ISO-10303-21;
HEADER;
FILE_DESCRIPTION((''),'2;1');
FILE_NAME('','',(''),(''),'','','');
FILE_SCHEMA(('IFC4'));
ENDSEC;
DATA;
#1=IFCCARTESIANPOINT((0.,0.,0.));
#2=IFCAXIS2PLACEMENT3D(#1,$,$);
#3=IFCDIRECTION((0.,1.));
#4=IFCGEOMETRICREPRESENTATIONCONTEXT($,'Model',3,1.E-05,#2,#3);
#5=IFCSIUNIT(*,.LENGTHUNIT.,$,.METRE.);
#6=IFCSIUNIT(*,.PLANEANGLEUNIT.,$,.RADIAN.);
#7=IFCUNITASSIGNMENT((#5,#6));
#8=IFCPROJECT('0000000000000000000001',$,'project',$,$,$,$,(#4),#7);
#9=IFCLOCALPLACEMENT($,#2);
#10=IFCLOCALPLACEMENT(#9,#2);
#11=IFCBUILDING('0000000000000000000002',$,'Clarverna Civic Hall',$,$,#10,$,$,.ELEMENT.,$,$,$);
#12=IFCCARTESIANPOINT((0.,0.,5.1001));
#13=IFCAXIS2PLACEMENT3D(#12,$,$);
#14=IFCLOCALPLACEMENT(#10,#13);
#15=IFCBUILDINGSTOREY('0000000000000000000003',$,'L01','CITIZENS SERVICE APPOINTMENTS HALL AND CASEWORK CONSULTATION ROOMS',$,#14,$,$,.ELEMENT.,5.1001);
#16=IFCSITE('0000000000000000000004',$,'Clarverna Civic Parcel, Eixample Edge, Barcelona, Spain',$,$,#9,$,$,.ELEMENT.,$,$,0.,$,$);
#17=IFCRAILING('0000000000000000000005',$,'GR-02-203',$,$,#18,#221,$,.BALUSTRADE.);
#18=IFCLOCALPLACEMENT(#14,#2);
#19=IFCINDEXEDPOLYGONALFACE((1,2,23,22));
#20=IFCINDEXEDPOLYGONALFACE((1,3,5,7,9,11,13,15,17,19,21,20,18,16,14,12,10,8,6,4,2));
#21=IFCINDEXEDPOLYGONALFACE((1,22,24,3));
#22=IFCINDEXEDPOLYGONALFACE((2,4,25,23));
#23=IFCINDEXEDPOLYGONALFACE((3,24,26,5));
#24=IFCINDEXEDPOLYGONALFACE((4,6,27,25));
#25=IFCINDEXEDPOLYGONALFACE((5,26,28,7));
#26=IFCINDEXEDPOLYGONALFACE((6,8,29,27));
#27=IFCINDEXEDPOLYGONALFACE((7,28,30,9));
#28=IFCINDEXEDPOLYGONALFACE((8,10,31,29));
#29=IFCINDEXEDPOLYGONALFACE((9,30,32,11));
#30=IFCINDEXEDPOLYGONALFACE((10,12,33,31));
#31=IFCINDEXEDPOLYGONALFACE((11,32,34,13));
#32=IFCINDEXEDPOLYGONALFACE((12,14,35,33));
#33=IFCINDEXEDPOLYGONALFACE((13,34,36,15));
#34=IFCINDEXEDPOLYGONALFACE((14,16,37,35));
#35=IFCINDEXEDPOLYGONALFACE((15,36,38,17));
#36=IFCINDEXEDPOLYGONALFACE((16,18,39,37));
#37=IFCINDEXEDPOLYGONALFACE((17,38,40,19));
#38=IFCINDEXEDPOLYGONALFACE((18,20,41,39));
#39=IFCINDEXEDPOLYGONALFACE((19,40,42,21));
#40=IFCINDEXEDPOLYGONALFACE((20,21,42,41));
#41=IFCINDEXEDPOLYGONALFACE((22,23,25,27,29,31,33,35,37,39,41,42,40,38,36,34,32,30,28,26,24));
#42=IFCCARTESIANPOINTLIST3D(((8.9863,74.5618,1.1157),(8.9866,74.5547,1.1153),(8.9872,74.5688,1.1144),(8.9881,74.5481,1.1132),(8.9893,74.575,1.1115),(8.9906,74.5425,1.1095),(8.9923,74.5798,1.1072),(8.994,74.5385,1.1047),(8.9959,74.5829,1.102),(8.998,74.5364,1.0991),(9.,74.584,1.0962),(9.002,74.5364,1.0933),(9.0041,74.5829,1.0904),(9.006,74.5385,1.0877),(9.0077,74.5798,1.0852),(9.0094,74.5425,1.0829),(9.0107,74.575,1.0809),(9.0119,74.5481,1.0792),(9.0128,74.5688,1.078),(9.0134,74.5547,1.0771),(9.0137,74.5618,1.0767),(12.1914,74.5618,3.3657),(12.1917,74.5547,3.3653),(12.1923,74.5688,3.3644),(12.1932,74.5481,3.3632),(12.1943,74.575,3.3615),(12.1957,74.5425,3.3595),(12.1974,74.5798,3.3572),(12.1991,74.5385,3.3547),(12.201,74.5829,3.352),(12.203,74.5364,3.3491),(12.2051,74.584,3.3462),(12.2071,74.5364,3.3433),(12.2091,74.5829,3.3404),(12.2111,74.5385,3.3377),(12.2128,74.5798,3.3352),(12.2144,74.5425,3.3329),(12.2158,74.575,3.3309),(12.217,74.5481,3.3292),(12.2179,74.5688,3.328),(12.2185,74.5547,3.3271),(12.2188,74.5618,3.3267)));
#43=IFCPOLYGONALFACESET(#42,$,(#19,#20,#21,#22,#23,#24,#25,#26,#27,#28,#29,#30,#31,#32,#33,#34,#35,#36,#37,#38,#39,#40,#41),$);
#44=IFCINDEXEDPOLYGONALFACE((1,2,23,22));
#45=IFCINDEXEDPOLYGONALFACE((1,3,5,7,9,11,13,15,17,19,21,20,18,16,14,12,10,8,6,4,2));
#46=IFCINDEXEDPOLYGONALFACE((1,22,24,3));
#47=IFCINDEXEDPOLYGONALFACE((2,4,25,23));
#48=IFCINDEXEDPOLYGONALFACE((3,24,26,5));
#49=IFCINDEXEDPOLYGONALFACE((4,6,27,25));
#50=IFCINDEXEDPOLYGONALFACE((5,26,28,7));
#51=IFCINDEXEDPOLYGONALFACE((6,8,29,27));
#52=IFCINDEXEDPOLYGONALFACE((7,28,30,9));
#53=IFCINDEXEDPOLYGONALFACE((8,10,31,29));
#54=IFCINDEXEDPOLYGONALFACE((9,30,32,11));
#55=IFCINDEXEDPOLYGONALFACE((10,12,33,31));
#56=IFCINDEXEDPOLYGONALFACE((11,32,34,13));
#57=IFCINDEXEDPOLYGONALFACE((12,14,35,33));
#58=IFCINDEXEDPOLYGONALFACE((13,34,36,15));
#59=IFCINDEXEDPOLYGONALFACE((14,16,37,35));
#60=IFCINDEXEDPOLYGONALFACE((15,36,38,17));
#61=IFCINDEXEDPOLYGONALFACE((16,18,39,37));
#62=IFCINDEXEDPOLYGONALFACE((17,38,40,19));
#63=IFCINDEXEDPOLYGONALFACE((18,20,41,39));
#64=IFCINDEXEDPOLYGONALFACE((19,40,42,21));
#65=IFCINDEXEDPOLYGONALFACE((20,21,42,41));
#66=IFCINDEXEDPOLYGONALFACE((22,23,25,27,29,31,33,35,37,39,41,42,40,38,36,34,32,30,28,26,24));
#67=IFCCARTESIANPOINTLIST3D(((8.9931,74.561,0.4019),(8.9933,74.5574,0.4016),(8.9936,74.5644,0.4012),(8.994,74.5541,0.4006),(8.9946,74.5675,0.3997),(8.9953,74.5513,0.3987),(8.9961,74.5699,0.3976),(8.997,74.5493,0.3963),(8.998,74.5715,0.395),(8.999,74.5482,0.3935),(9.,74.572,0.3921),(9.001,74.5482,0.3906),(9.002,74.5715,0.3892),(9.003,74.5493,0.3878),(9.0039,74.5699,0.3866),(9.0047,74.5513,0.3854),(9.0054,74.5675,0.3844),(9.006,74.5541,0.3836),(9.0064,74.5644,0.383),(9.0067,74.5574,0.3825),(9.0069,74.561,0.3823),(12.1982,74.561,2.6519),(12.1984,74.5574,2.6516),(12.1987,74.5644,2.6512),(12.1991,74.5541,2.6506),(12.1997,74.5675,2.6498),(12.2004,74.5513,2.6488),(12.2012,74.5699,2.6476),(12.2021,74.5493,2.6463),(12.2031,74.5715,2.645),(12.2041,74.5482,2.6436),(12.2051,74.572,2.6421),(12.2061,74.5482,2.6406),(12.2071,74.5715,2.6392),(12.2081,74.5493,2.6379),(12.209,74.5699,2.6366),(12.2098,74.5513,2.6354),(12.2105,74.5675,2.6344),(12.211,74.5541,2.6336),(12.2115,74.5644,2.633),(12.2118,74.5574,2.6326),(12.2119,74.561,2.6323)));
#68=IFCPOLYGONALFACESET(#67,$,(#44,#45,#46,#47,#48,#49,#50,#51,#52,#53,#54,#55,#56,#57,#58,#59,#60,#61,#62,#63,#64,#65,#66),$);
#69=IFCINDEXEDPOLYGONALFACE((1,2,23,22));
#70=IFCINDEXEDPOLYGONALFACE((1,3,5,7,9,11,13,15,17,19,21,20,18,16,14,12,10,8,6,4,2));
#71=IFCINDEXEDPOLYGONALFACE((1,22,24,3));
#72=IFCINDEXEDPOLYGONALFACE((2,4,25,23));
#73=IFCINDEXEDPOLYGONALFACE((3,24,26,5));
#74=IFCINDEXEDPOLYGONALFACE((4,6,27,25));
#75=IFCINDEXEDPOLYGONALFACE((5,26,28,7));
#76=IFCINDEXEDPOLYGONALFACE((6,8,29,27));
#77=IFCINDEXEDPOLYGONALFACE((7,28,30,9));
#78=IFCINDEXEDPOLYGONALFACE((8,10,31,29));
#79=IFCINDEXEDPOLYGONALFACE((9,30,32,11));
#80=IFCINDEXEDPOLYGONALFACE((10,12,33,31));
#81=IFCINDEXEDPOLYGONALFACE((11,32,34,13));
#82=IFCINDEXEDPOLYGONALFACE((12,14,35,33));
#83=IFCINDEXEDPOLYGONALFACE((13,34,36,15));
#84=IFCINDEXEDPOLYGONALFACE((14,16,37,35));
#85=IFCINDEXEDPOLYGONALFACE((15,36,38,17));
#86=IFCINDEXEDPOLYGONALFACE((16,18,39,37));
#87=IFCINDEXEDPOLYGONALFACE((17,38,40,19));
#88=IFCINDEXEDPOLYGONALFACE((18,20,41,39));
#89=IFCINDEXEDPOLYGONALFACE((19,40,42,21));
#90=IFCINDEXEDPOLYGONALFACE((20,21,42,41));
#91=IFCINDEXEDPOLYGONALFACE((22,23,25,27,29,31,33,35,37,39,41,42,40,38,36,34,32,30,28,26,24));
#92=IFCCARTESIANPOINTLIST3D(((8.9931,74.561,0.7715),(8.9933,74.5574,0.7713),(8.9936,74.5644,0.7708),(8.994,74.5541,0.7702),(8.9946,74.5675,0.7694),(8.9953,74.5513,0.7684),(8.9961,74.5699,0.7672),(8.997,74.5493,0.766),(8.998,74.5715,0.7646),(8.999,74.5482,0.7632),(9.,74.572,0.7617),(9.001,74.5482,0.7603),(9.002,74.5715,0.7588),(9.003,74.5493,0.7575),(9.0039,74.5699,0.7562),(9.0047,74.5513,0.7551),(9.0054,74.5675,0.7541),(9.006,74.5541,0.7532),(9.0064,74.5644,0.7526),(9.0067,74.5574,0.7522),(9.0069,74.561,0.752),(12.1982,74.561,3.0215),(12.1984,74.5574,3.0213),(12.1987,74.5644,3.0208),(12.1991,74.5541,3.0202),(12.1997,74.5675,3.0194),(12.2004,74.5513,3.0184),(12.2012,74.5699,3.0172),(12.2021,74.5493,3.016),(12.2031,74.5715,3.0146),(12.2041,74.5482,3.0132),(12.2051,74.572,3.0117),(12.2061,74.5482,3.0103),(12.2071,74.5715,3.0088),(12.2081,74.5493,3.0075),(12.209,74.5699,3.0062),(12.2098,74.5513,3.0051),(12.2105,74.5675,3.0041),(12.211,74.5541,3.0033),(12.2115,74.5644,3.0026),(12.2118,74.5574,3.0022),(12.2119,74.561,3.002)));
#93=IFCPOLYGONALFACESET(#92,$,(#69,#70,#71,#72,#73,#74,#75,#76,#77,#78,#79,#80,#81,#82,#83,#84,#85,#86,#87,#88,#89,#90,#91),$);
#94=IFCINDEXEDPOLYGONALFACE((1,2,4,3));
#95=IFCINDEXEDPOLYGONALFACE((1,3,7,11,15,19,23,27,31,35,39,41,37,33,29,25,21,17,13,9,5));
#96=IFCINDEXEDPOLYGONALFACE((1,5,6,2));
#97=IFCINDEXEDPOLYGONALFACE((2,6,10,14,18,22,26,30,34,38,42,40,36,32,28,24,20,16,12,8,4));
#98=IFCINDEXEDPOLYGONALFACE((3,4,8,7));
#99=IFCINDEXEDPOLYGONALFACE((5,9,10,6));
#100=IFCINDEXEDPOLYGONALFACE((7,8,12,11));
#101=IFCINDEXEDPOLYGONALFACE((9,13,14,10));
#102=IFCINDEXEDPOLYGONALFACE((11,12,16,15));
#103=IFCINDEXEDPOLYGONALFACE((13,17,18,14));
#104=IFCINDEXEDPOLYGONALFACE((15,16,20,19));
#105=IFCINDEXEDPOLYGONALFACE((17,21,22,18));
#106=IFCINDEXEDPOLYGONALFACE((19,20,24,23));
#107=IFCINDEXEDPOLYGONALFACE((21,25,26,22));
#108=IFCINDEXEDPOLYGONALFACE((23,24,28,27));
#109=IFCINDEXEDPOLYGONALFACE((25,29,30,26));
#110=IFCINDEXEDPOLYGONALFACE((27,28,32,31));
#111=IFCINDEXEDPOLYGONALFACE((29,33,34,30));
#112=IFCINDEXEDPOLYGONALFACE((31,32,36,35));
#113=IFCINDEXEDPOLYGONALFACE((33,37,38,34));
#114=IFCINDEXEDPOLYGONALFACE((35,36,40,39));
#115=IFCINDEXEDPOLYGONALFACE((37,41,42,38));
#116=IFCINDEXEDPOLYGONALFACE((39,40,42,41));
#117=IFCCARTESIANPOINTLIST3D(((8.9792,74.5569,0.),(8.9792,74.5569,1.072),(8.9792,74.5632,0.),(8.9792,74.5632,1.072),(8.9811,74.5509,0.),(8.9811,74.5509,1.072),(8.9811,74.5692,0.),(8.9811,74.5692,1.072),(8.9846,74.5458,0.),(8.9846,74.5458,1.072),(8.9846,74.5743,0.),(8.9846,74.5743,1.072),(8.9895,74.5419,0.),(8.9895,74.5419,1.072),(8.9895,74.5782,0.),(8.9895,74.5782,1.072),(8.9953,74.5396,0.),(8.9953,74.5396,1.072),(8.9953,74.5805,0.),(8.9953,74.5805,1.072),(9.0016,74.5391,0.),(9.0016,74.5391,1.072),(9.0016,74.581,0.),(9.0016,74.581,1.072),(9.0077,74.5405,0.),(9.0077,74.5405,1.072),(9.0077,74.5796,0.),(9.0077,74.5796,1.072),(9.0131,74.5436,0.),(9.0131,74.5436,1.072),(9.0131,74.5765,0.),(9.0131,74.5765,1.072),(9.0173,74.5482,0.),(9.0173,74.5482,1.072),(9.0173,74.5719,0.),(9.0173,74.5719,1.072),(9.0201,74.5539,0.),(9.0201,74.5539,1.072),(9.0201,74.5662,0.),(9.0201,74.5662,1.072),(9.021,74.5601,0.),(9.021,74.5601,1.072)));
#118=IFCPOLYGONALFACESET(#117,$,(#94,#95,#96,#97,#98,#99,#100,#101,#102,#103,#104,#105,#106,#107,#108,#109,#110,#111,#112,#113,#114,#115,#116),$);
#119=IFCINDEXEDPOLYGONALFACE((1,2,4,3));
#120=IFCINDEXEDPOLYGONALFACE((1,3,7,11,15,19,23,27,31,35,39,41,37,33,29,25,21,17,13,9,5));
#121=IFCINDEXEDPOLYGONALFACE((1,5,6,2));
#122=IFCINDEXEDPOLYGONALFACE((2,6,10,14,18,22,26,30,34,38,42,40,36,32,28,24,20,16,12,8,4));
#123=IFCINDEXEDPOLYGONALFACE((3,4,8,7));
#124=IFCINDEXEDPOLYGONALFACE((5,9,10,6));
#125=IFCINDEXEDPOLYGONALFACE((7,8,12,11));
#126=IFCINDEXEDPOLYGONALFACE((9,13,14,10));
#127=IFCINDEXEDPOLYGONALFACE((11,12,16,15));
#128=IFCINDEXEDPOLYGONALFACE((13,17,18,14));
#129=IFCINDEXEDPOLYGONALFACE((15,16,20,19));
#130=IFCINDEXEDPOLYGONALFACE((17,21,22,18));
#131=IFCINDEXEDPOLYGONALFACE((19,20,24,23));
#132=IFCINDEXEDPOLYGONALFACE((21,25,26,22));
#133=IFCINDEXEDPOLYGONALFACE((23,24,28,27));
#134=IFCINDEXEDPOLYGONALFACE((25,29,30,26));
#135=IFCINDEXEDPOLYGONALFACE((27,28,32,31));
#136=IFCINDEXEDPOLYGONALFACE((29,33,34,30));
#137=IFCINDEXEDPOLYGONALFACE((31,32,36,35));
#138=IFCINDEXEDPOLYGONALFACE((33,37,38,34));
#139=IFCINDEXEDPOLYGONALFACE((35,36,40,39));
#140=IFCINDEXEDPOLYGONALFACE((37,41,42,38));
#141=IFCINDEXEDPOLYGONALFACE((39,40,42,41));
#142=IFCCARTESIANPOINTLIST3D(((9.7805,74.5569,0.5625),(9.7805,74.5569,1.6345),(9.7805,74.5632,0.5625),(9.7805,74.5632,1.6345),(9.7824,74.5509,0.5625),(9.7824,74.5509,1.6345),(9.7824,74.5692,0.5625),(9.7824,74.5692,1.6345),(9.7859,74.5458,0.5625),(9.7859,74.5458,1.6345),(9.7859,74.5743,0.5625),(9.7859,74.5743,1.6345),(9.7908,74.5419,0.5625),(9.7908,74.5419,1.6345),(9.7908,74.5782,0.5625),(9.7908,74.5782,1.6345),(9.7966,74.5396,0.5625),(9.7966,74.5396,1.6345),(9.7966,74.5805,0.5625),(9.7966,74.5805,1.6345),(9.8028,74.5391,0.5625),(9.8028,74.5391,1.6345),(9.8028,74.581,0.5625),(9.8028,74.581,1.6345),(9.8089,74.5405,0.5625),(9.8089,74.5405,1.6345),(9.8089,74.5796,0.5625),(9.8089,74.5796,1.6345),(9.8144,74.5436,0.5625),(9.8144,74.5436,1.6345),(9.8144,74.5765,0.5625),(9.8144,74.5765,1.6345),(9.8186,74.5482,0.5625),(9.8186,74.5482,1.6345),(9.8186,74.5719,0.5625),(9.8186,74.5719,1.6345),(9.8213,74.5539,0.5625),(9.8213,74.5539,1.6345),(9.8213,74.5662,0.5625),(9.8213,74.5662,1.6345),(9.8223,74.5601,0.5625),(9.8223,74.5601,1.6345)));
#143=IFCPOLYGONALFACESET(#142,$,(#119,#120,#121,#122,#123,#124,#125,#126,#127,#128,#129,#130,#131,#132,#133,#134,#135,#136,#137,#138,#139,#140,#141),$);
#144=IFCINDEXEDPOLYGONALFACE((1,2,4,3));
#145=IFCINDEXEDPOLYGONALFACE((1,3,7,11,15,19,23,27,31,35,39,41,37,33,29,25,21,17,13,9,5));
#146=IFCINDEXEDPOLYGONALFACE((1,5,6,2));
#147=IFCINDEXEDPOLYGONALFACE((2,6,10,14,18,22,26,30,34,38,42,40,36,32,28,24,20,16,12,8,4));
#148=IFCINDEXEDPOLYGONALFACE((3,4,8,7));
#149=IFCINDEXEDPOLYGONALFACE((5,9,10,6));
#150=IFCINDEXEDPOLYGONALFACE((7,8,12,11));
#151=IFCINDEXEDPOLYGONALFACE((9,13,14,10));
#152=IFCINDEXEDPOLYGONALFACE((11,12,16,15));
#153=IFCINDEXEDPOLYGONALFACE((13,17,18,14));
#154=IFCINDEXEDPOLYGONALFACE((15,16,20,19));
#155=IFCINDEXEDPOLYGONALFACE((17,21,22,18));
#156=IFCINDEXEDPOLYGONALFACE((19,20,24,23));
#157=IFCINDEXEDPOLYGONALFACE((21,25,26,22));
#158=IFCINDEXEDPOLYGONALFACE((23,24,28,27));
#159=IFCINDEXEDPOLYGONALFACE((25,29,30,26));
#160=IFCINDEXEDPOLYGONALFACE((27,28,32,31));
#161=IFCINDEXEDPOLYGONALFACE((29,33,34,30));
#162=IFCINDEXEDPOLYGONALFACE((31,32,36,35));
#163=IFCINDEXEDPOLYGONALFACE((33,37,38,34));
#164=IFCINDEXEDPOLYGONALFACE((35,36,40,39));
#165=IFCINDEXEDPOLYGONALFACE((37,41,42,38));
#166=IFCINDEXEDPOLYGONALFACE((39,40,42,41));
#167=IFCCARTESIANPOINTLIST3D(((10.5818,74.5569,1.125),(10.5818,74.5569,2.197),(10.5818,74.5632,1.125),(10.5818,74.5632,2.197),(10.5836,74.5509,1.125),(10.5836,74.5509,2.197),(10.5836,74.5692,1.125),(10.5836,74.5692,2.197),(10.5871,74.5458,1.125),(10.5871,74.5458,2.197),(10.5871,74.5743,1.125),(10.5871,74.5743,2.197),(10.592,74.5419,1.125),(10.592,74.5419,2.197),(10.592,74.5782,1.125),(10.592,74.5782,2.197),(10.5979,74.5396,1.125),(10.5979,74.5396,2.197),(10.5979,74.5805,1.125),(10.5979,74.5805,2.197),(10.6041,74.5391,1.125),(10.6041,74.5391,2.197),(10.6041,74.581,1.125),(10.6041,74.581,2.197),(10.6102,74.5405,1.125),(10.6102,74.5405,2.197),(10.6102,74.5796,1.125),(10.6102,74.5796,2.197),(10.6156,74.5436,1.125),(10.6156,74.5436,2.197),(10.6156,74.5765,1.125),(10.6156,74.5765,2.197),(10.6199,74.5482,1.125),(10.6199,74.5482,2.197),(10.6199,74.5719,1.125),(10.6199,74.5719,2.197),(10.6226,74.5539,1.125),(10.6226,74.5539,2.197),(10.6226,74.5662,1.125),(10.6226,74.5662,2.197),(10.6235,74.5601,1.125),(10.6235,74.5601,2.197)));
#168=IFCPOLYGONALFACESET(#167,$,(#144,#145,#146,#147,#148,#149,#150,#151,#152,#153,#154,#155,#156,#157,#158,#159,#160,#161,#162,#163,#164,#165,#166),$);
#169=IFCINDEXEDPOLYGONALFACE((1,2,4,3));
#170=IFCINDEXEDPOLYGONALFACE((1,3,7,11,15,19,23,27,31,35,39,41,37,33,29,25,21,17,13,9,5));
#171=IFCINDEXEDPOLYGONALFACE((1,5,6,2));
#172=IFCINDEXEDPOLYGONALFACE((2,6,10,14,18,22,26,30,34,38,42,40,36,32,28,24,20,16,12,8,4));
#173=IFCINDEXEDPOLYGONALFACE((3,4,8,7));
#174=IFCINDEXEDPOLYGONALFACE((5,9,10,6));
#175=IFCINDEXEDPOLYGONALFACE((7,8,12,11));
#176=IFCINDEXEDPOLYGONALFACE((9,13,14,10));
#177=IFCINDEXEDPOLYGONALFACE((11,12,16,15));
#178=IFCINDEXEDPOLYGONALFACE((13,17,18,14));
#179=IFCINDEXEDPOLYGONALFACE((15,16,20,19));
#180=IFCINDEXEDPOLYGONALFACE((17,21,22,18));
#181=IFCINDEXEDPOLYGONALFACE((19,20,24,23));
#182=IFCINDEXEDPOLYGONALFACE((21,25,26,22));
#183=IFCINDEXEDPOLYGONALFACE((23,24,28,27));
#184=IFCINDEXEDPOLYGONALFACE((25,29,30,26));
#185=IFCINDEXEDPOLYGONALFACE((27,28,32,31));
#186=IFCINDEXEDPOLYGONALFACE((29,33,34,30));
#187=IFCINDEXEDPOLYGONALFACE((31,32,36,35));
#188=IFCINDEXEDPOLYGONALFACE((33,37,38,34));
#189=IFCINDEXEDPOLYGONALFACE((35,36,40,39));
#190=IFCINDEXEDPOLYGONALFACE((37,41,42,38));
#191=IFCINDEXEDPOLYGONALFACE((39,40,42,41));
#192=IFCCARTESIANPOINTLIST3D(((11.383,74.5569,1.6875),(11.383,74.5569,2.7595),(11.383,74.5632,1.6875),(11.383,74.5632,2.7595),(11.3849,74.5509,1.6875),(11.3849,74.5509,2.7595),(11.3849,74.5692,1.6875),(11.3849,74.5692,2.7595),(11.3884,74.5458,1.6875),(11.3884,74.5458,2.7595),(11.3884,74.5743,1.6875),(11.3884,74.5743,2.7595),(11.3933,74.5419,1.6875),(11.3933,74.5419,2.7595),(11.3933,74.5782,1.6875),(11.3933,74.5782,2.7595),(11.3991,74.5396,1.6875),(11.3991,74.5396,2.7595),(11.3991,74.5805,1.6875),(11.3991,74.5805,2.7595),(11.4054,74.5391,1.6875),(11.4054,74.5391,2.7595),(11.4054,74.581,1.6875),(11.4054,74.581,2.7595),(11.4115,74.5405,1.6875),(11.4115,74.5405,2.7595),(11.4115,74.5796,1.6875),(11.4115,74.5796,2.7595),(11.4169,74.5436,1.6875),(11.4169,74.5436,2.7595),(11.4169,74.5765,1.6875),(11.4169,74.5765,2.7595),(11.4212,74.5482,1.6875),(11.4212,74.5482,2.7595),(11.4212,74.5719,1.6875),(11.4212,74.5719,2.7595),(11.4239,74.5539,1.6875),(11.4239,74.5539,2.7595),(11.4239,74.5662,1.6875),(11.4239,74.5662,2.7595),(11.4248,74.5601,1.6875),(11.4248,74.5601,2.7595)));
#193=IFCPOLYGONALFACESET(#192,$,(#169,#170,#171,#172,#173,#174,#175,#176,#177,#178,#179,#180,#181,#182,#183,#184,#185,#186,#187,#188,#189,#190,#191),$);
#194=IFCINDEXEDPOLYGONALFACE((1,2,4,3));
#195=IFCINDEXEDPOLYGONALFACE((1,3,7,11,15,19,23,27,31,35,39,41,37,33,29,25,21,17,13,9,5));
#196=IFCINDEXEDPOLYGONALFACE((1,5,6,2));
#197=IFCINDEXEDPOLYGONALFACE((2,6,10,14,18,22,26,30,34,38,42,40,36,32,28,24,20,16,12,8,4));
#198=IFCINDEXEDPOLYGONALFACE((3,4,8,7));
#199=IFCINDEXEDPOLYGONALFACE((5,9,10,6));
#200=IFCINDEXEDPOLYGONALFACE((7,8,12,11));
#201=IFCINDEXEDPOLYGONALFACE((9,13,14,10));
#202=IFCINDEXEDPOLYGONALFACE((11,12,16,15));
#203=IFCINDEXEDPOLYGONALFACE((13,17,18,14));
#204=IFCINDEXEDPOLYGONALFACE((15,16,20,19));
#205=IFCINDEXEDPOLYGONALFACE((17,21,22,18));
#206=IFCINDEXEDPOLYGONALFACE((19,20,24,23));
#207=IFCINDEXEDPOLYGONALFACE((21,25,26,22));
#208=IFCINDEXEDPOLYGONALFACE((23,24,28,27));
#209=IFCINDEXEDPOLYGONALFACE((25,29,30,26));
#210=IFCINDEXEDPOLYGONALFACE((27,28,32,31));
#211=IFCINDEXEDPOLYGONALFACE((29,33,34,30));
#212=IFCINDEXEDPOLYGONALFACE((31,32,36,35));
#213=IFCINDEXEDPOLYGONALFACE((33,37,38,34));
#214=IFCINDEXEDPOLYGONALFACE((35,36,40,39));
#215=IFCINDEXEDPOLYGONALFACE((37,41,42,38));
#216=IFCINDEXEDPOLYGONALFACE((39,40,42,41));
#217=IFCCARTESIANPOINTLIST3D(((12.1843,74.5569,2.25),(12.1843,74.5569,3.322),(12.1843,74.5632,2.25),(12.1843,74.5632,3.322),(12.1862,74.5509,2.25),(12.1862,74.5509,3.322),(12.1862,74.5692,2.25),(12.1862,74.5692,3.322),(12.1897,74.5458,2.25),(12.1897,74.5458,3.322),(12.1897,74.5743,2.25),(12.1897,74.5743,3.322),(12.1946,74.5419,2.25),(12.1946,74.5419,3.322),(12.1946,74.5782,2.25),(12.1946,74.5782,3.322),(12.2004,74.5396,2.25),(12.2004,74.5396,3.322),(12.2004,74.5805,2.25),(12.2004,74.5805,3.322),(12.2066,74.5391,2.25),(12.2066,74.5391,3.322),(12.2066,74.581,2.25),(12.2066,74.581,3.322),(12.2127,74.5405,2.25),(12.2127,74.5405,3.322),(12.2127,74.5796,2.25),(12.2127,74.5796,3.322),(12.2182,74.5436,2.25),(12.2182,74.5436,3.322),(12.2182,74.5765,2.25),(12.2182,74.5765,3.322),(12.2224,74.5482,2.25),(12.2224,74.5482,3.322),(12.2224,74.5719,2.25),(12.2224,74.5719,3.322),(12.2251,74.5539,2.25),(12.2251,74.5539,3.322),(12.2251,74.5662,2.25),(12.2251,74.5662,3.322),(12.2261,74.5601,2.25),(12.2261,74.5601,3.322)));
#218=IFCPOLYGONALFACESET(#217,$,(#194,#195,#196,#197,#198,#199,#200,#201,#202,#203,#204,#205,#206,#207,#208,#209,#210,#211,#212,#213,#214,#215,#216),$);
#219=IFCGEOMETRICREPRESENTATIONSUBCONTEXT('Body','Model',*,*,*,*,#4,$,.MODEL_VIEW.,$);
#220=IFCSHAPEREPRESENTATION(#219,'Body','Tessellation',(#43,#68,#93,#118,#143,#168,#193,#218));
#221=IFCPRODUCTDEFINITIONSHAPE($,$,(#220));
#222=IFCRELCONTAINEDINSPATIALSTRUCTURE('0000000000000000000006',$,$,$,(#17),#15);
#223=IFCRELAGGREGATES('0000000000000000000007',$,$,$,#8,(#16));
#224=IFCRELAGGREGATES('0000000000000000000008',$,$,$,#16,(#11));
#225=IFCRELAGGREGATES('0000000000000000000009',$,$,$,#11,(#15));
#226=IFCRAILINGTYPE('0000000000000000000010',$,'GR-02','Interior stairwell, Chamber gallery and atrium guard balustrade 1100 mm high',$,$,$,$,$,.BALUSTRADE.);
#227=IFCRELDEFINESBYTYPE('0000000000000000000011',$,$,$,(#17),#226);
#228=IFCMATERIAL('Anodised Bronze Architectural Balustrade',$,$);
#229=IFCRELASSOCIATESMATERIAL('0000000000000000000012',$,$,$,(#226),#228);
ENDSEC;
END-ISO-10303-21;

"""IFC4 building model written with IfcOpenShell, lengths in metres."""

from ifc_helpers import new_model, si_unit, direction, frame, origin, origin_2d, place, context, subcontext, project, spatial, circle, extrude, material, type_object, element, save


model = new_model("IFC4")

# Units and contexts
model_context = context("Model", 3, precision=1e-05, world=origin(), true_north=direction((0.0, 1.0)))
body_context = subcontext(model_context, "Body", "Model", "MODEL_VIEW")
ifc_project = project(units=[si_unit("LENGTHUNIT", "METRE"), si_unit("PLANEANGLEUNIT", "RADIAN")], contexts=[model_context])

# Site, building, storey
site_placement = place(None, origin())
site = spatial("IfcSite", under=ifc_project, at=site_placement, Name="Clarverna Civic Parcel, Eixample Edge, Barcelona, Spain", CompositionType="ELEMENT", RefElevation=0.0)
building_placement = place(site_placement, origin())
building = spatial("IfcBuilding", under=site, at=building_placement, Name="Clarverna Civic Hall", CompositionType="ELEMENT")
storey_placement = place(building_placement, frame((0.0, 0.0, 5.1001)))
storey = spatial("IfcBuildingStorey", under=building, at=storey_placement, Name="L01", Description="CITIZENS SERVICE APPOINTMENTS HALL AND CASEWORK CONSULTATION ROOMS", CompositionType="ELEMENT", Elevation=5.1001)

# Railing
ifc_material_1 = material(Name="Anodised Bronze Architectural Balustrade")
railing_type_1 = type_object("IfcRailingType", Name="GR-02", Description="Interior stairwell, Chamber gallery and atrium guard balustrade 1100 mm high", PredefinedType="BALUSTRADE", material=ifc_material_1)
railing_1_placement = place(storey_placement, frame((9.0, 74.5601, 0.0)))
element("IfcRailing", 1, at=railing_1_placement, inside=storey, type_object=railing_type_1, Name="GR-02-203", PredefinedType="BALUSTRADE", context=body_context, shape_type="SweptSolid", body=[
    extrude(circle(Radius=0.0239, at=origin_2d()), frame((0.0, 0.0, 1.0962), z_axis=(0.818458, 0.0, 0.574566), x_axis=(0.0, 1.0, 0.0)), (0.0, 0.0, 1.0), 3.916),
    extrude(circle(Radius=0.012, at=origin_2d()), frame((0.0, 0.0, 0.3921), z_axis=(0.818458, 0.0, 0.574566), x_axis=(0.0, 1.0, 0.0)), (0.0, 0.0, 1.0), 3.916),
    extrude(circle(Radius=0.012, at=origin_2d()), frame((0.0, 0.0, 0.7617), z_axis=(0.818458, 0.0, 0.574566), x_axis=(0.0, 1.0, 0.0)), (0.0, 0.0, 1.0), 3.916),
    extrude(circle(Radius=0.021, at=origin_2d()), origin(), (0.0, 0.0, 1.0), 1.072),
    extrude(circle(Radius=0.021, at=origin_2d()), frame((0.8013, 0.0, 0.5625)), (0.0, 0.0, 1.0), 1.072),
    extrude(circle(Radius=0.021, at=origin_2d()), frame((1.6025, 0.0, 1.125)), (0.0, 0.0, 1.0), 1.072),
    extrude(circle(Radius=0.021, at=origin_2d()), frame((2.4038, 0.0, 1.6875)), (0.0, 0.0, 1.0), 1.072),
    extrude(circle(Radius=0.021, at=origin_2d()), frame((3.2051, 0.0, 2.25)), (0.0, 0.0, 1.0), 1.072),
])

save(model, "model.ifc")
